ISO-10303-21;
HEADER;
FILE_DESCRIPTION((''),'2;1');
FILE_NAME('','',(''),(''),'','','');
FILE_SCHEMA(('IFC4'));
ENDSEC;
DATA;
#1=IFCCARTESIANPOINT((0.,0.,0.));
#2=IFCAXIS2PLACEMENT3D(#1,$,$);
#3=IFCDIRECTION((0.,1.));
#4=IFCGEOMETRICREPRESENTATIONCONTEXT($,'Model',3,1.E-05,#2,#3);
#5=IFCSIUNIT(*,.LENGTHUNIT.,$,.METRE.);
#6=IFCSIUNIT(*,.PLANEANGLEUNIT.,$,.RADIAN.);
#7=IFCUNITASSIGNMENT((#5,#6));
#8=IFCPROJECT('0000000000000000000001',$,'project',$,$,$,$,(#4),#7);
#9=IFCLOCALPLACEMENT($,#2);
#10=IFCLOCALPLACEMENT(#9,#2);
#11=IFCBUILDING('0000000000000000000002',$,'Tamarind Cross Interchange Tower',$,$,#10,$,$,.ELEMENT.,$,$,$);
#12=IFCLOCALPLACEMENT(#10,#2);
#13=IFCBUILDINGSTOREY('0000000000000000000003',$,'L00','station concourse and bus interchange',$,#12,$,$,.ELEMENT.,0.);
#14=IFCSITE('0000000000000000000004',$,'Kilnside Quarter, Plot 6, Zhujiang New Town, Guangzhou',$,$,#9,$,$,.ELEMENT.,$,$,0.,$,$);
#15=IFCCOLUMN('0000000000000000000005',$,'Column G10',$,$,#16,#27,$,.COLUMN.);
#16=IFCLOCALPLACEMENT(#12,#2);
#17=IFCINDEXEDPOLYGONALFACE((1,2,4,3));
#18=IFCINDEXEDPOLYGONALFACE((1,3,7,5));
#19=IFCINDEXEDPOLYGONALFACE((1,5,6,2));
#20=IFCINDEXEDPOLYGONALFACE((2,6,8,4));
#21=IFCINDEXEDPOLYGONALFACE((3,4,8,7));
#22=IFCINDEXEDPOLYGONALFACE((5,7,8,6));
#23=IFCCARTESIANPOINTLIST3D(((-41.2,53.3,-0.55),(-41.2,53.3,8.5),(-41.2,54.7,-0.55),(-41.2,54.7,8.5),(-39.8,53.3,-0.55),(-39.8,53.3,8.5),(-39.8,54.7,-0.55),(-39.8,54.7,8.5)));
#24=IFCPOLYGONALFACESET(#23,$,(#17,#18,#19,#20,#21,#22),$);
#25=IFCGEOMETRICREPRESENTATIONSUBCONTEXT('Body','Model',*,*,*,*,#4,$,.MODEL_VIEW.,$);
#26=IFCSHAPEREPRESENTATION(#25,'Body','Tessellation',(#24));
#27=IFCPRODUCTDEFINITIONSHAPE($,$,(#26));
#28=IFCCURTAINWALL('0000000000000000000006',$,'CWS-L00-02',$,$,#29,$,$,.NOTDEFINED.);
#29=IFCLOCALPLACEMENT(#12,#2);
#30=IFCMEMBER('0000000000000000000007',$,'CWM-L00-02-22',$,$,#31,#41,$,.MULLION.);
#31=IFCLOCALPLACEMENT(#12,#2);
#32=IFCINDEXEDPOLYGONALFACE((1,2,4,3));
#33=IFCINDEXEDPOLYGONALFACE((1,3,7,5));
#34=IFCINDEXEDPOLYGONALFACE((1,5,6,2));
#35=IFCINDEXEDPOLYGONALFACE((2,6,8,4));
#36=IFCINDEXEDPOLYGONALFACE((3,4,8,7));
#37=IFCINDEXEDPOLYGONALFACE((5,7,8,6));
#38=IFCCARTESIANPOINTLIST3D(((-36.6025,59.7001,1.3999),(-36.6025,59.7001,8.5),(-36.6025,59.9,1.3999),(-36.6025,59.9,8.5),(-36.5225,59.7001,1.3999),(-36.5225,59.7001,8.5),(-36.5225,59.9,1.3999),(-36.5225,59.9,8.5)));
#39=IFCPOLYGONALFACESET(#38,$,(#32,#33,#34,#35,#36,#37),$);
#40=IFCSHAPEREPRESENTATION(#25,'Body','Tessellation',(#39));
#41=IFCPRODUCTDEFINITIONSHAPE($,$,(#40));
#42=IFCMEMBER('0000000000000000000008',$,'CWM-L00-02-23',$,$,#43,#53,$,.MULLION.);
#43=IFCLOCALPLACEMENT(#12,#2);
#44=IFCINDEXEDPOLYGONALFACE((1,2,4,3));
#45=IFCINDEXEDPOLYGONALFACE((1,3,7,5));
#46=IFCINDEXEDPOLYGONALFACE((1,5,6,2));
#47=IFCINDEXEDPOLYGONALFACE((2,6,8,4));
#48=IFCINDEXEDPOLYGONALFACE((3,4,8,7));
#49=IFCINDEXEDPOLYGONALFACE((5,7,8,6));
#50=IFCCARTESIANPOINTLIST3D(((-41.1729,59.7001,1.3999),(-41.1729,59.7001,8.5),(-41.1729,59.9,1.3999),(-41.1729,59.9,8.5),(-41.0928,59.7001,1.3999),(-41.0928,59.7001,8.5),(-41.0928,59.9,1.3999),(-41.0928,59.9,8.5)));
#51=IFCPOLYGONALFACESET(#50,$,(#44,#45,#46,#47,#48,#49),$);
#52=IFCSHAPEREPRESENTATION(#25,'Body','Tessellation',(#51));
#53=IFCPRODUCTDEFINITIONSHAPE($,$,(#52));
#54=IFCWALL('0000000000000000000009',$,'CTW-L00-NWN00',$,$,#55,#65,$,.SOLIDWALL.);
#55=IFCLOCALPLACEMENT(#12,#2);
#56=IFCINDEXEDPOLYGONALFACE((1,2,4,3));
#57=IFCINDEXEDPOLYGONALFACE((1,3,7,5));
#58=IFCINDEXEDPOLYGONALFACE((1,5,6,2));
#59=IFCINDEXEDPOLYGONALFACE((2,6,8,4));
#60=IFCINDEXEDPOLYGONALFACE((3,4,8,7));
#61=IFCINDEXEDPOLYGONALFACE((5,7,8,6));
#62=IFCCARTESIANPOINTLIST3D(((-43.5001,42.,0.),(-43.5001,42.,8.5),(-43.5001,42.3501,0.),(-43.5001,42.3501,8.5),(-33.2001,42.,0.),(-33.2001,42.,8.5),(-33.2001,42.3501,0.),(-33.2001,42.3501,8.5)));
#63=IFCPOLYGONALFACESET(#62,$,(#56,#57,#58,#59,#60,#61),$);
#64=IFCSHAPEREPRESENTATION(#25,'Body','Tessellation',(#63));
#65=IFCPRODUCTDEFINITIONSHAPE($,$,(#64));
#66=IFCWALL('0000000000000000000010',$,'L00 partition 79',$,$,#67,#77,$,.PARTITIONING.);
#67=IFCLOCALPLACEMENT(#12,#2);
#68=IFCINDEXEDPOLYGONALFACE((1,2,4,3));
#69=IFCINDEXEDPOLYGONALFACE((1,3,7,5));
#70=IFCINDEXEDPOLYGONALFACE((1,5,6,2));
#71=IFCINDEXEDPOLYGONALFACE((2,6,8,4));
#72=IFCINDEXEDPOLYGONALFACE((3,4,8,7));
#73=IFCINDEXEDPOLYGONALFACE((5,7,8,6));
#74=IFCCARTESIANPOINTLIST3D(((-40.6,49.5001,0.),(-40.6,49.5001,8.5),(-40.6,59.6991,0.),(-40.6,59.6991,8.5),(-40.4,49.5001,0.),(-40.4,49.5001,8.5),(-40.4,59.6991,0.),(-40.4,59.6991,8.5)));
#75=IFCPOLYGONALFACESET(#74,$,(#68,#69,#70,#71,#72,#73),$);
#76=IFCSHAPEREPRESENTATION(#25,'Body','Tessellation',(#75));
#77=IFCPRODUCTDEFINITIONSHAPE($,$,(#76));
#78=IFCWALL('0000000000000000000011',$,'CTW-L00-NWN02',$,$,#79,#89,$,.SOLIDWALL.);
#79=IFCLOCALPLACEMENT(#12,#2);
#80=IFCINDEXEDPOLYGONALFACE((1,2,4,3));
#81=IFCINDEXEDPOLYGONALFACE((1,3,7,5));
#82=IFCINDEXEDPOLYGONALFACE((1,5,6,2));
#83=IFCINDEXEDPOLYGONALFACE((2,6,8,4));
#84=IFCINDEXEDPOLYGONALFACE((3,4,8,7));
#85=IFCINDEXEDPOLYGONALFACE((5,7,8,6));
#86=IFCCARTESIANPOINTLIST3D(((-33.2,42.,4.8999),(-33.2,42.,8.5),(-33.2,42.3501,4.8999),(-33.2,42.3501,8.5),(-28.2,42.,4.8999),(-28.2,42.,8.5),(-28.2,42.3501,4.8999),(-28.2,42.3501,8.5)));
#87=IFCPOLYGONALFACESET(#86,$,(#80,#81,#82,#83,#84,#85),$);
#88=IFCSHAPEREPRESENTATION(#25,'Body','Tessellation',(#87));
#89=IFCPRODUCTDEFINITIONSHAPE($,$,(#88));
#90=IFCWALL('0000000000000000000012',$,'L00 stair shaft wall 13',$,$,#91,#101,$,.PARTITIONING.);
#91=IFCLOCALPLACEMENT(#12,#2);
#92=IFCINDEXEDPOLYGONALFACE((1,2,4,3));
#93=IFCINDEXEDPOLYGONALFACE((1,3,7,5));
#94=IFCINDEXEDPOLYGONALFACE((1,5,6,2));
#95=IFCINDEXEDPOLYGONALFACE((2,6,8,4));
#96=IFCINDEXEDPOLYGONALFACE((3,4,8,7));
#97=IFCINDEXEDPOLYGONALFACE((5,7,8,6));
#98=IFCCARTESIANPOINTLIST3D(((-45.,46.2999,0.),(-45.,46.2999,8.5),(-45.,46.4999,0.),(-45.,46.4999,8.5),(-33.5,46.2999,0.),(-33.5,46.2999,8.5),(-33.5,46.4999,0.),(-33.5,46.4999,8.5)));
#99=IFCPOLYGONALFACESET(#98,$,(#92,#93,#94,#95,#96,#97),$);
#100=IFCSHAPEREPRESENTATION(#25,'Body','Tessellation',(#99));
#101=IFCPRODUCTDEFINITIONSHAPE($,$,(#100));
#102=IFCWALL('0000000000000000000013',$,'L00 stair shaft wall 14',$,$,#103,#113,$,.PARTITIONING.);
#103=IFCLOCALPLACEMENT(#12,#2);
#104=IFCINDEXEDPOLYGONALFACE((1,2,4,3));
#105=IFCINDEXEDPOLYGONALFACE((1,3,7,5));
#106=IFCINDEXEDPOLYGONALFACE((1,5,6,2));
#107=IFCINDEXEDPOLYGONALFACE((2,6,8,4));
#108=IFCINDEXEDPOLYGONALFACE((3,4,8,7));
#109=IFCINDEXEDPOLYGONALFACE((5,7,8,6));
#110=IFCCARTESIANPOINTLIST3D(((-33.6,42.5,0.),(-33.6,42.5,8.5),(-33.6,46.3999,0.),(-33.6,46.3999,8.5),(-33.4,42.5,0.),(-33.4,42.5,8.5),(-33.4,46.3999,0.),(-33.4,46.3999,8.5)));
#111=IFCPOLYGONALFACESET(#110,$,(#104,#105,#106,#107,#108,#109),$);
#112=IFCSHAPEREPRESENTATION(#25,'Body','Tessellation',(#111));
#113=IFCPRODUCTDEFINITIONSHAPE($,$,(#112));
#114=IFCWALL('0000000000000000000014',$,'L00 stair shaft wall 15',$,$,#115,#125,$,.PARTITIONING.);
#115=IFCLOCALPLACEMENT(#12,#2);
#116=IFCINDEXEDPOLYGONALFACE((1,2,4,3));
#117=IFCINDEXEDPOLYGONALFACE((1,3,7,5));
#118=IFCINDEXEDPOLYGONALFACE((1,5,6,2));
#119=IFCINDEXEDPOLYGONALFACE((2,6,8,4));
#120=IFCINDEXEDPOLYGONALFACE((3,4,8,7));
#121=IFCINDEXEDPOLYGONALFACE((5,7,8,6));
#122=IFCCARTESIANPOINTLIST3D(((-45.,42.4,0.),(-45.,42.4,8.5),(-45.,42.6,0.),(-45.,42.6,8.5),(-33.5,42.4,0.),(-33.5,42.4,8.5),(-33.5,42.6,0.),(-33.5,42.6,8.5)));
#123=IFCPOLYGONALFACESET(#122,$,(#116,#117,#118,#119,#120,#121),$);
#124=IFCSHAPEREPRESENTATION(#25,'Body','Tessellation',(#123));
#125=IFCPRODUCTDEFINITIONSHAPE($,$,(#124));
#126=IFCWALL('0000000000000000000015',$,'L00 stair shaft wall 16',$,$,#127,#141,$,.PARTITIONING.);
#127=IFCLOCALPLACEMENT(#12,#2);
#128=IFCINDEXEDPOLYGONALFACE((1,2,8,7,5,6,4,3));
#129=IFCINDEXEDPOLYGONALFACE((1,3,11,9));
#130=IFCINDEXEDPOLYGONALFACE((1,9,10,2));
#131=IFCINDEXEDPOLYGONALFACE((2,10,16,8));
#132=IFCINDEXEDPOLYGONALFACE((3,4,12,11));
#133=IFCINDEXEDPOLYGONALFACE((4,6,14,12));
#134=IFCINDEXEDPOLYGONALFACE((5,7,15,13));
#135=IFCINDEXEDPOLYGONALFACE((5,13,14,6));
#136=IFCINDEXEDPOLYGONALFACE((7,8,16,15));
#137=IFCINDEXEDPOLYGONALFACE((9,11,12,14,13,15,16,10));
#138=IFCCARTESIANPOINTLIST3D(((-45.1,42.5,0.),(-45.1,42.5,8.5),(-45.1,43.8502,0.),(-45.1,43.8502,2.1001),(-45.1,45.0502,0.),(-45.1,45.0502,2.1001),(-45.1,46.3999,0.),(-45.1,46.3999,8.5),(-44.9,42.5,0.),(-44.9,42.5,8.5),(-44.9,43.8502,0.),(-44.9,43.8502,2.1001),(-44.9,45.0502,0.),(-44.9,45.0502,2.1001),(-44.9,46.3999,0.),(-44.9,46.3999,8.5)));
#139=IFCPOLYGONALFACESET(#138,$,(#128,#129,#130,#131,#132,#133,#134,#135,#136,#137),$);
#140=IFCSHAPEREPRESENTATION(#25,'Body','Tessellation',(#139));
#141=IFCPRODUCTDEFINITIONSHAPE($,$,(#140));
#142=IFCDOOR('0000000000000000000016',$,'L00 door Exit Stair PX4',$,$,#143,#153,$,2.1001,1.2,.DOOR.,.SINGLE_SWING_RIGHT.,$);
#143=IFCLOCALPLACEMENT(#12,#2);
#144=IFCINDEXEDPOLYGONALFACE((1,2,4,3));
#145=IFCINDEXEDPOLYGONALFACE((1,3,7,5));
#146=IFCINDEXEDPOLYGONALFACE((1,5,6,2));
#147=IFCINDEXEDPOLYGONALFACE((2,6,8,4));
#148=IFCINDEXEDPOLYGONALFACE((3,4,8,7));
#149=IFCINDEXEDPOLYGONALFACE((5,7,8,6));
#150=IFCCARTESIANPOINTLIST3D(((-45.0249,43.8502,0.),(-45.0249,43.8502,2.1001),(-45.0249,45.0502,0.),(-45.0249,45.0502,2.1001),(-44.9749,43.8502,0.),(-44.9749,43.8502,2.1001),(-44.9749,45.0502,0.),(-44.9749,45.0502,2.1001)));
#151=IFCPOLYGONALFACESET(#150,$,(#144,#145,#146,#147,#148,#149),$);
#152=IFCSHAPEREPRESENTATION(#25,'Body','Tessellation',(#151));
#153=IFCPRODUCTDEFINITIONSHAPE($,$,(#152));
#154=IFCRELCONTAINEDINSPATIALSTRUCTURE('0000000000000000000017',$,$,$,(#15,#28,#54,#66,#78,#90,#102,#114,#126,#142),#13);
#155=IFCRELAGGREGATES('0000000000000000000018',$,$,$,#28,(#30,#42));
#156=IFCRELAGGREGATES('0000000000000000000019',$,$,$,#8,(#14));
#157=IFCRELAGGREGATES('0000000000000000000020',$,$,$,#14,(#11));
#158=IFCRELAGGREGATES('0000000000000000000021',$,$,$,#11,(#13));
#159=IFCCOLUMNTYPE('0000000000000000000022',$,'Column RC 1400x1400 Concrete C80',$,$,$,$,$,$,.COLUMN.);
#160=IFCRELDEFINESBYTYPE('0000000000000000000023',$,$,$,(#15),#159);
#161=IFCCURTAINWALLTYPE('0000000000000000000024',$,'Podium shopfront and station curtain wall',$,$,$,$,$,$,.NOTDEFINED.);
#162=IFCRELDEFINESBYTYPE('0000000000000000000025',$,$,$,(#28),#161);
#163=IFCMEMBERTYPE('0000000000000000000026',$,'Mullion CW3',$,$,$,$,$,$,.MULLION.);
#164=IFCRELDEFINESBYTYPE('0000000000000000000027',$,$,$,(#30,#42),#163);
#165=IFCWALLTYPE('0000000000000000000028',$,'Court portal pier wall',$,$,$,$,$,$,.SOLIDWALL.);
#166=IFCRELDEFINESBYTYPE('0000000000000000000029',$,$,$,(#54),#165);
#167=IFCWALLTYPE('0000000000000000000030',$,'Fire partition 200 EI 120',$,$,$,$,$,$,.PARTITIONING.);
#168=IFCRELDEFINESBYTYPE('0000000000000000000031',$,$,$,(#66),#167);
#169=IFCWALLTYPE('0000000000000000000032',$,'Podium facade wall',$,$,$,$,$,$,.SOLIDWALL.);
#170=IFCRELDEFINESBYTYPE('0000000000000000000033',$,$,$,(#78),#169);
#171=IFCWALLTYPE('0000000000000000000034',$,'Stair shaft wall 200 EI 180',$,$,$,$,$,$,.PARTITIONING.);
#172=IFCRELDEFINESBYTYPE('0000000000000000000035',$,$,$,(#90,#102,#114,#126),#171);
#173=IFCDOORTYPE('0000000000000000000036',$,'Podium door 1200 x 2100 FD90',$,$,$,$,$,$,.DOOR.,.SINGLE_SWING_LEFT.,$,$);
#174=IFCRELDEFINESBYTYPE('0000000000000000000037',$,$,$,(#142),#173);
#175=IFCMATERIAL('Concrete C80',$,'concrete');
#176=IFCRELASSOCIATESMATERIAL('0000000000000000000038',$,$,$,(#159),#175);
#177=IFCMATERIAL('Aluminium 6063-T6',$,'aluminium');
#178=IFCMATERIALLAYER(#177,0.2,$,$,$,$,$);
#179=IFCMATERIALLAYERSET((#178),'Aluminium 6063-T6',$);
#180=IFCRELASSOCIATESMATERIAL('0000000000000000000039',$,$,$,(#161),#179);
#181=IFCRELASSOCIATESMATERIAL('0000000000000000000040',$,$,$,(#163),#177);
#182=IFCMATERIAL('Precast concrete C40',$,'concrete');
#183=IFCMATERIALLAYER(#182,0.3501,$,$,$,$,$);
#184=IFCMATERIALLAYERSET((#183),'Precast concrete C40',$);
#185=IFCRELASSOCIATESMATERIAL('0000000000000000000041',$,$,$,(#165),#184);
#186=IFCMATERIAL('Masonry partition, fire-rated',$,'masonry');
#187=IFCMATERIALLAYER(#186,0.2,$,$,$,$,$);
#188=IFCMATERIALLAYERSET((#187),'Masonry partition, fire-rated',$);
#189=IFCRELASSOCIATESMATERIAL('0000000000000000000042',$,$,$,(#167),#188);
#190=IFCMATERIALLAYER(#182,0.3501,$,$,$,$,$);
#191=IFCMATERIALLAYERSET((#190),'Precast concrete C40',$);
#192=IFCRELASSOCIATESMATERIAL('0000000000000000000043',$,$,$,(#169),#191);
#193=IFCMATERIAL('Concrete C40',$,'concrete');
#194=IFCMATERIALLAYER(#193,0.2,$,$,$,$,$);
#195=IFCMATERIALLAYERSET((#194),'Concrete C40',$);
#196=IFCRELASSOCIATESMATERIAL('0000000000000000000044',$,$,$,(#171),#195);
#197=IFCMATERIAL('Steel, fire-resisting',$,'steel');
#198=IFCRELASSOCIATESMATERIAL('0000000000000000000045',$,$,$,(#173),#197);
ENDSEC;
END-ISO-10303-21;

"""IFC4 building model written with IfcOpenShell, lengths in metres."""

from ifc_helpers import new_model, si_unit, direction, frame, frame_2d, origin, origin_2d, place, context, subcontext, project, spatial, rectangle, extrude, material, layer, layer_set, material_profile, profile_set, type_object, element, fill, aggregate, save


model = new_model("IFC4")

# Units and contexts
model_context = context("Model", 3, precision=1e-05, world=origin(), true_north=direction((0.0, 1.0)))
body_context = subcontext(model_context, "Body", "Model", "MODEL_VIEW")
ifc_project = project(units=[si_unit("LENGTHUNIT", "METRE"), si_unit("PLANEANGLEUNIT", "RADIAN")], contexts=[model_context])

# Site, building, storey
site_placement = place(None, origin())
site = spatial("IfcSite", under=ifc_project, at=site_placement, Name="Kilnside Quarter, Plot 6, Zhujiang New Town, Guangzhou", CompositionType="ELEMENT", RefElevation=0.0)
building_placement = place(site_placement, origin())
building = spatial("IfcBuilding", under=site, at=building_placement, Name="Tamarind Cross Interchange Tower", CompositionType="ELEMENT")
storey_placement = place(building_placement, origin())
storey = spatial("IfcBuildingStorey", under=building, at=storey_placement, Name="L00", Description="station concourse and bus interchange", CompositionType="ELEMENT", Elevation=0.0)

# Column
ifc_material_1 = material(Name="Concrete C80", Category="concrete")
ifc_material_profile_1 = material_profile(ifc_material_1, rectangle(XDim=1.3999, YDim=1.3999, at=origin_2d()), Name="RC 1400x1400")
ifc_profile_set_1 = profile_set([ifc_material_profile_1], Name="Concrete C80")
column_type = type_object("IfcColumnType", Name="Column RC 1400x1400 Concrete C80", PredefinedType="COLUMN", material=ifc_profile_set_1)
column_placement = place(storey_placement, frame((-40.5, 54.0, -0.55), z_axis=(0.0, 0.0, 1.0), x_axis=(1.0, 0.0, 0.0)))
element("IfcColumn", 1, at=column_placement, inside=storey, type_object=column_type, Name="Column G10", PredefinedType="COLUMN", context=body_context, shape_type="SweptSolid", body=[
    extrude(rectangle(XDim=1.3999, YDim=1.3999, at=origin_2d()), origin(), (0.0, 0.0, 1.0), 9.05),
])

# Curtain wall, members
ifc_material_2 = material(Name="Aluminium 6063-T6", Category="aluminium")
ifc_layer_1 = layer(ifc_material_2, 0.2)
ifc_layer_set_1 = layer_set([ifc_layer_1], Name="Aluminium 6063-T6")
curtain_wall_type = type_object("IfcCurtainWallType", Name="Podium shopfront and station curtain wall", PredefinedType="NOTDEFINED", material=ifc_layer_set_1)
curtain_wall_placement = place(storey_placement, origin())
curtain_wall = element("IfcCurtainWall", 2, at=curtain_wall_placement, inside=storey, type_object=curtain_wall_type, Name="CWS-L00-02", PredefinedType="NOTDEFINED")
ifc_material_profile_2 = material_profile(ifc_material_2, rectangle(XDim=0.0801, YDim=0.2, at=origin_2d()), Name="Mullion CW3")
ifc_profile_set_2 = profile_set([ifc_material_profile_2], Name="Aluminium 6063-T6")
member_type = type_object("IfcMemberType", Name="Mullion CW3", PredefinedType="MULLION", material=ifc_profile_set_2)
member_1_placement = place(storey_placement, frame((-36.5625, 59.8, 1.3999), z_axis=(0.0, 0.0, 1.0), x_axis=(-1.0, 0.0, 0.0)))
member_1 = element("IfcMember", 3, at=member_1_placement, type_object=member_type, Name="CWM-L00-02-22", PredefinedType="MULLION", context=body_context, shape_type="SweptSolid", body=[
    extrude(rectangle(XDim=0.0801, YDim=0.2, at=origin_2d()), origin(), (0.0, 0.0, 1.0), 7.1001),
])
member_2_placement = place(storey_placement, frame((-41.1328, 59.8, 1.3999), z_axis=(0.0, 0.0, 1.0), x_axis=(-1.0, 0.0, 0.0)))
member_2 = element("IfcMember", 4, at=member_2_placement, type_object=member_type, Name="CWM-L00-02-23", PredefinedType="MULLION", context=body_context, shape_type="SweptSolid", body=[
    extrude(rectangle(XDim=0.0801, YDim=0.2, at=origin_2d()), origin(), (0.0, 0.0, 1.0), 7.1001),
])
aggregate(curtain_wall, [member_1, member_2])

# Walls
ifc_material_3 = material(Name="Precast concrete C40", Category="concrete")
ifc_layer_2 = layer(ifc_material_3, 0.3501)
ifc_layer_set_2 = layer_set([ifc_layer_2], Name="Precast concrete C40")
wall_type_1 = type_object("IfcWallType", Name="Court portal pier wall", PredefinedType="SOLIDWALL", material=ifc_layer_set_2)
wall_1_placement = place(storey_placement, frame((-43.5, 42.175, 0.0), z_axis=(0.0, 0.0, 1.0), x_axis=(1.0, 0.0, 0.0)))
element("IfcWall", 5, at=wall_1_placement, inside=storey, type_object=wall_type_1, Name="CTW-L00-NWN00", PredefinedType="SOLIDWALL", context=body_context, shape_type="SweptSolid", body=[
    extrude(rectangle(XDim=10.3, YDim=0.3501, at=frame_2d((5.1499, 0.0))), origin(), (0.0, 0.0, 1.0), 8.5),
])
ifc_material_4 = material(Name="Masonry partition, fire-rated", Category="masonry")
ifc_layer_3 = layer(ifc_material_4, 0.2)
ifc_layer_set_3 = layer_set([ifc_layer_3], Name="Masonry partition, fire-rated")
wall_type_2 = type_object("IfcWallType", Name="Fire partition 200 EI 120", PredefinedType="PARTITIONING", material=ifc_layer_set_3)
wall_2_placement = place(storey_placement, frame((-40.5, 49.5, 0.0), z_axis=(0.0, 0.0, 1.0), x_axis=(0.0, 1.0, 0.0)))
element("IfcWall", 6, at=wall_2_placement, inside=storey, type_object=wall_type_2, Name="L00 partition 79", PredefinedType="PARTITIONING", context=body_context, shape_type="SweptSolid", body=[
    extrude(rectangle(XDim=10.199, YDim=0.2, at=frame_2d((5.0996, 0.0))), origin(), (0.0, 0.0, 1.0), 8.5),
])
ifc_layer_4 = layer(ifc_material_3, 0.3501)
ifc_layer_set_4 = layer_set([ifc_layer_4], Name="Precast concrete C40")
wall_type_3 = type_object("IfcWallType", Name="Podium facade wall", PredefinedType="SOLIDWALL", material=ifc_layer_set_4)
wall_3_placement = place(storey_placement, frame((-33.2, 42.175, 4.8999), z_axis=(0.0, 0.0, 1.0), x_axis=(1.0, 0.0, 0.0)))
element("IfcWall", 7, at=wall_3_placement, inside=storey, type_object=wall_type_3, Name="CTW-L00-NWN02", PredefinedType="SOLIDWALL", context=body_context, shape_type="SweptSolid", body=[
    extrude(rectangle(XDim=5.0, YDim=0.3501, at=frame_2d((2.5, 0.0))), origin(), (0.0, 0.0, 1.0), 3.6001),
])
ifc_material_5 = material(Name="Concrete C40", Category="concrete")
ifc_layer_5 = layer(ifc_material_5, 0.2)
ifc_layer_set_5 = layer_set([ifc_layer_5], Name="Concrete C40")
wall_type_4 = type_object("IfcWallType", Name="Stair shaft wall 200 EI 180", PredefinedType="PARTITIONING", material=ifc_layer_set_5)
wall_4_placement = place(storey_placement, frame((-45.0, 46.3999, 0.0), z_axis=(0.0, 0.0, 1.0), x_axis=(1.0, 0.0, 0.0)))
element("IfcWall", 8, at=wall_4_placement, inside=storey, type_object=wall_type_4, Name="L00 stair shaft wall 13", PredefinedType="PARTITIONING", context=body_context, shape_type="SweptSolid", body=[
    extrude(rectangle(XDim=11.5, YDim=0.2, at=frame_2d((5.75, 0.0))), origin(), (0.0, 0.0, 1.0), 8.5),
])
wall_5_placement = place(storey_placement, frame((-33.5, 42.5, 0.0), z_axis=(0.0, 0.0, 1.0), x_axis=(0.0, 1.0, 0.0)))
element("IfcWall", 9, at=wall_5_placement, inside=storey, type_object=wall_type_4, Name="L00 stair shaft wall 14", PredefinedType="PARTITIONING", context=body_context, shape_type="SweptSolid", body=[
    extrude(rectangle(XDim=3.8999, YDim=0.2, at=frame_2d((1.95, 0.0))), origin(), (0.0, 0.0, 1.0), 8.5),
])
wall_6_placement = place(storey_placement, frame((-45.0, 42.5, 0.0), z_axis=(0.0, 0.0, 1.0), x_axis=(1.0, 0.0, 0.0)))
element("IfcWall", 10, at=wall_6_placement, inside=storey, type_object=wall_type_4, Name="L00 stair shaft wall 15", PredefinedType="PARTITIONING", context=body_context, shape_type="SweptSolid", body=[
    extrude(rectangle(XDim=11.5, YDim=0.2, at=frame_2d((5.75, 0.0))), origin(), (0.0, 0.0, 1.0), 8.5),
])

# Wall, opening, door
wall_7_placement = place(storey_placement, frame((-45.0, 42.5, 0.0), z_axis=(0.0, 0.0, 1.0), x_axis=(0.0, 1.0, 0.0)))
wall_7 = element("IfcWall", 11, at=wall_7_placement, inside=storey, type_object=wall_type_4, Name="L00 stair shaft wall 16", PredefinedType="PARTITIONING", context=body_context, shape_type="SweptSolid", body=[
    extrude(rectangle(XDim=3.8999, YDim=0.2, at=frame_2d((1.95, 0.0))), origin(), (0.0, 0.0, 1.0), 8.5),
])
opening_placement = place(wall_7_placement, frame((1.3501, 0.0, 0.0)))
opening = element("IfcOpeningElement", 12, at=opening_placement, cuts=wall_7, PredefinedType="OPENING", context=body_context, shape_type="SweptSolid", body=[
    extrude(rectangle(XDim=1.2, YDim=2.1001, at=frame_2d((0.6001, 1.05))), frame((0.0, 0.1099, 0.0), z_axis=(0.0, -1.0, 0.0), x_axis=(1.0, 0.0, 0.0)), (0.0, 0.0, 1.0), 0.22),
])
ifc_material_6 = material(Name="Steel, fire-resisting", Category="steel")
door_type = type_object("IfcDoorType", Name="Podium door 1200 x 2100 FD90", OperationType="SINGLE_SWING_LEFT", PredefinedType="DOOR", material=ifc_material_6)
door_placement = place(opening_placement, origin())
door = element("IfcDoor", 13, at=door_placement, inside=storey, type_object=door_type, Name="L00 door Exit Stair PX4", OperationType="SINGLE_SWING_RIGHT", OverallHeight=2.1001, OverallWidth=1.2, PredefinedType="DOOR", context=body_context, shape_type="SweptSolid", body=[
    extrude(rectangle(XDim=1.2, YDim=2.1001, at=frame_2d((0.6001, 1.05))), frame((0.0, 0.0249, 0.0), z_axis=(0.0, -1.0, 0.0), x_axis=(1.0, 0.0, 0.0)), (0.0, 0.0, 1.0), 0.05),
])
fill(opening, door)

save(model, "model.ifc")
